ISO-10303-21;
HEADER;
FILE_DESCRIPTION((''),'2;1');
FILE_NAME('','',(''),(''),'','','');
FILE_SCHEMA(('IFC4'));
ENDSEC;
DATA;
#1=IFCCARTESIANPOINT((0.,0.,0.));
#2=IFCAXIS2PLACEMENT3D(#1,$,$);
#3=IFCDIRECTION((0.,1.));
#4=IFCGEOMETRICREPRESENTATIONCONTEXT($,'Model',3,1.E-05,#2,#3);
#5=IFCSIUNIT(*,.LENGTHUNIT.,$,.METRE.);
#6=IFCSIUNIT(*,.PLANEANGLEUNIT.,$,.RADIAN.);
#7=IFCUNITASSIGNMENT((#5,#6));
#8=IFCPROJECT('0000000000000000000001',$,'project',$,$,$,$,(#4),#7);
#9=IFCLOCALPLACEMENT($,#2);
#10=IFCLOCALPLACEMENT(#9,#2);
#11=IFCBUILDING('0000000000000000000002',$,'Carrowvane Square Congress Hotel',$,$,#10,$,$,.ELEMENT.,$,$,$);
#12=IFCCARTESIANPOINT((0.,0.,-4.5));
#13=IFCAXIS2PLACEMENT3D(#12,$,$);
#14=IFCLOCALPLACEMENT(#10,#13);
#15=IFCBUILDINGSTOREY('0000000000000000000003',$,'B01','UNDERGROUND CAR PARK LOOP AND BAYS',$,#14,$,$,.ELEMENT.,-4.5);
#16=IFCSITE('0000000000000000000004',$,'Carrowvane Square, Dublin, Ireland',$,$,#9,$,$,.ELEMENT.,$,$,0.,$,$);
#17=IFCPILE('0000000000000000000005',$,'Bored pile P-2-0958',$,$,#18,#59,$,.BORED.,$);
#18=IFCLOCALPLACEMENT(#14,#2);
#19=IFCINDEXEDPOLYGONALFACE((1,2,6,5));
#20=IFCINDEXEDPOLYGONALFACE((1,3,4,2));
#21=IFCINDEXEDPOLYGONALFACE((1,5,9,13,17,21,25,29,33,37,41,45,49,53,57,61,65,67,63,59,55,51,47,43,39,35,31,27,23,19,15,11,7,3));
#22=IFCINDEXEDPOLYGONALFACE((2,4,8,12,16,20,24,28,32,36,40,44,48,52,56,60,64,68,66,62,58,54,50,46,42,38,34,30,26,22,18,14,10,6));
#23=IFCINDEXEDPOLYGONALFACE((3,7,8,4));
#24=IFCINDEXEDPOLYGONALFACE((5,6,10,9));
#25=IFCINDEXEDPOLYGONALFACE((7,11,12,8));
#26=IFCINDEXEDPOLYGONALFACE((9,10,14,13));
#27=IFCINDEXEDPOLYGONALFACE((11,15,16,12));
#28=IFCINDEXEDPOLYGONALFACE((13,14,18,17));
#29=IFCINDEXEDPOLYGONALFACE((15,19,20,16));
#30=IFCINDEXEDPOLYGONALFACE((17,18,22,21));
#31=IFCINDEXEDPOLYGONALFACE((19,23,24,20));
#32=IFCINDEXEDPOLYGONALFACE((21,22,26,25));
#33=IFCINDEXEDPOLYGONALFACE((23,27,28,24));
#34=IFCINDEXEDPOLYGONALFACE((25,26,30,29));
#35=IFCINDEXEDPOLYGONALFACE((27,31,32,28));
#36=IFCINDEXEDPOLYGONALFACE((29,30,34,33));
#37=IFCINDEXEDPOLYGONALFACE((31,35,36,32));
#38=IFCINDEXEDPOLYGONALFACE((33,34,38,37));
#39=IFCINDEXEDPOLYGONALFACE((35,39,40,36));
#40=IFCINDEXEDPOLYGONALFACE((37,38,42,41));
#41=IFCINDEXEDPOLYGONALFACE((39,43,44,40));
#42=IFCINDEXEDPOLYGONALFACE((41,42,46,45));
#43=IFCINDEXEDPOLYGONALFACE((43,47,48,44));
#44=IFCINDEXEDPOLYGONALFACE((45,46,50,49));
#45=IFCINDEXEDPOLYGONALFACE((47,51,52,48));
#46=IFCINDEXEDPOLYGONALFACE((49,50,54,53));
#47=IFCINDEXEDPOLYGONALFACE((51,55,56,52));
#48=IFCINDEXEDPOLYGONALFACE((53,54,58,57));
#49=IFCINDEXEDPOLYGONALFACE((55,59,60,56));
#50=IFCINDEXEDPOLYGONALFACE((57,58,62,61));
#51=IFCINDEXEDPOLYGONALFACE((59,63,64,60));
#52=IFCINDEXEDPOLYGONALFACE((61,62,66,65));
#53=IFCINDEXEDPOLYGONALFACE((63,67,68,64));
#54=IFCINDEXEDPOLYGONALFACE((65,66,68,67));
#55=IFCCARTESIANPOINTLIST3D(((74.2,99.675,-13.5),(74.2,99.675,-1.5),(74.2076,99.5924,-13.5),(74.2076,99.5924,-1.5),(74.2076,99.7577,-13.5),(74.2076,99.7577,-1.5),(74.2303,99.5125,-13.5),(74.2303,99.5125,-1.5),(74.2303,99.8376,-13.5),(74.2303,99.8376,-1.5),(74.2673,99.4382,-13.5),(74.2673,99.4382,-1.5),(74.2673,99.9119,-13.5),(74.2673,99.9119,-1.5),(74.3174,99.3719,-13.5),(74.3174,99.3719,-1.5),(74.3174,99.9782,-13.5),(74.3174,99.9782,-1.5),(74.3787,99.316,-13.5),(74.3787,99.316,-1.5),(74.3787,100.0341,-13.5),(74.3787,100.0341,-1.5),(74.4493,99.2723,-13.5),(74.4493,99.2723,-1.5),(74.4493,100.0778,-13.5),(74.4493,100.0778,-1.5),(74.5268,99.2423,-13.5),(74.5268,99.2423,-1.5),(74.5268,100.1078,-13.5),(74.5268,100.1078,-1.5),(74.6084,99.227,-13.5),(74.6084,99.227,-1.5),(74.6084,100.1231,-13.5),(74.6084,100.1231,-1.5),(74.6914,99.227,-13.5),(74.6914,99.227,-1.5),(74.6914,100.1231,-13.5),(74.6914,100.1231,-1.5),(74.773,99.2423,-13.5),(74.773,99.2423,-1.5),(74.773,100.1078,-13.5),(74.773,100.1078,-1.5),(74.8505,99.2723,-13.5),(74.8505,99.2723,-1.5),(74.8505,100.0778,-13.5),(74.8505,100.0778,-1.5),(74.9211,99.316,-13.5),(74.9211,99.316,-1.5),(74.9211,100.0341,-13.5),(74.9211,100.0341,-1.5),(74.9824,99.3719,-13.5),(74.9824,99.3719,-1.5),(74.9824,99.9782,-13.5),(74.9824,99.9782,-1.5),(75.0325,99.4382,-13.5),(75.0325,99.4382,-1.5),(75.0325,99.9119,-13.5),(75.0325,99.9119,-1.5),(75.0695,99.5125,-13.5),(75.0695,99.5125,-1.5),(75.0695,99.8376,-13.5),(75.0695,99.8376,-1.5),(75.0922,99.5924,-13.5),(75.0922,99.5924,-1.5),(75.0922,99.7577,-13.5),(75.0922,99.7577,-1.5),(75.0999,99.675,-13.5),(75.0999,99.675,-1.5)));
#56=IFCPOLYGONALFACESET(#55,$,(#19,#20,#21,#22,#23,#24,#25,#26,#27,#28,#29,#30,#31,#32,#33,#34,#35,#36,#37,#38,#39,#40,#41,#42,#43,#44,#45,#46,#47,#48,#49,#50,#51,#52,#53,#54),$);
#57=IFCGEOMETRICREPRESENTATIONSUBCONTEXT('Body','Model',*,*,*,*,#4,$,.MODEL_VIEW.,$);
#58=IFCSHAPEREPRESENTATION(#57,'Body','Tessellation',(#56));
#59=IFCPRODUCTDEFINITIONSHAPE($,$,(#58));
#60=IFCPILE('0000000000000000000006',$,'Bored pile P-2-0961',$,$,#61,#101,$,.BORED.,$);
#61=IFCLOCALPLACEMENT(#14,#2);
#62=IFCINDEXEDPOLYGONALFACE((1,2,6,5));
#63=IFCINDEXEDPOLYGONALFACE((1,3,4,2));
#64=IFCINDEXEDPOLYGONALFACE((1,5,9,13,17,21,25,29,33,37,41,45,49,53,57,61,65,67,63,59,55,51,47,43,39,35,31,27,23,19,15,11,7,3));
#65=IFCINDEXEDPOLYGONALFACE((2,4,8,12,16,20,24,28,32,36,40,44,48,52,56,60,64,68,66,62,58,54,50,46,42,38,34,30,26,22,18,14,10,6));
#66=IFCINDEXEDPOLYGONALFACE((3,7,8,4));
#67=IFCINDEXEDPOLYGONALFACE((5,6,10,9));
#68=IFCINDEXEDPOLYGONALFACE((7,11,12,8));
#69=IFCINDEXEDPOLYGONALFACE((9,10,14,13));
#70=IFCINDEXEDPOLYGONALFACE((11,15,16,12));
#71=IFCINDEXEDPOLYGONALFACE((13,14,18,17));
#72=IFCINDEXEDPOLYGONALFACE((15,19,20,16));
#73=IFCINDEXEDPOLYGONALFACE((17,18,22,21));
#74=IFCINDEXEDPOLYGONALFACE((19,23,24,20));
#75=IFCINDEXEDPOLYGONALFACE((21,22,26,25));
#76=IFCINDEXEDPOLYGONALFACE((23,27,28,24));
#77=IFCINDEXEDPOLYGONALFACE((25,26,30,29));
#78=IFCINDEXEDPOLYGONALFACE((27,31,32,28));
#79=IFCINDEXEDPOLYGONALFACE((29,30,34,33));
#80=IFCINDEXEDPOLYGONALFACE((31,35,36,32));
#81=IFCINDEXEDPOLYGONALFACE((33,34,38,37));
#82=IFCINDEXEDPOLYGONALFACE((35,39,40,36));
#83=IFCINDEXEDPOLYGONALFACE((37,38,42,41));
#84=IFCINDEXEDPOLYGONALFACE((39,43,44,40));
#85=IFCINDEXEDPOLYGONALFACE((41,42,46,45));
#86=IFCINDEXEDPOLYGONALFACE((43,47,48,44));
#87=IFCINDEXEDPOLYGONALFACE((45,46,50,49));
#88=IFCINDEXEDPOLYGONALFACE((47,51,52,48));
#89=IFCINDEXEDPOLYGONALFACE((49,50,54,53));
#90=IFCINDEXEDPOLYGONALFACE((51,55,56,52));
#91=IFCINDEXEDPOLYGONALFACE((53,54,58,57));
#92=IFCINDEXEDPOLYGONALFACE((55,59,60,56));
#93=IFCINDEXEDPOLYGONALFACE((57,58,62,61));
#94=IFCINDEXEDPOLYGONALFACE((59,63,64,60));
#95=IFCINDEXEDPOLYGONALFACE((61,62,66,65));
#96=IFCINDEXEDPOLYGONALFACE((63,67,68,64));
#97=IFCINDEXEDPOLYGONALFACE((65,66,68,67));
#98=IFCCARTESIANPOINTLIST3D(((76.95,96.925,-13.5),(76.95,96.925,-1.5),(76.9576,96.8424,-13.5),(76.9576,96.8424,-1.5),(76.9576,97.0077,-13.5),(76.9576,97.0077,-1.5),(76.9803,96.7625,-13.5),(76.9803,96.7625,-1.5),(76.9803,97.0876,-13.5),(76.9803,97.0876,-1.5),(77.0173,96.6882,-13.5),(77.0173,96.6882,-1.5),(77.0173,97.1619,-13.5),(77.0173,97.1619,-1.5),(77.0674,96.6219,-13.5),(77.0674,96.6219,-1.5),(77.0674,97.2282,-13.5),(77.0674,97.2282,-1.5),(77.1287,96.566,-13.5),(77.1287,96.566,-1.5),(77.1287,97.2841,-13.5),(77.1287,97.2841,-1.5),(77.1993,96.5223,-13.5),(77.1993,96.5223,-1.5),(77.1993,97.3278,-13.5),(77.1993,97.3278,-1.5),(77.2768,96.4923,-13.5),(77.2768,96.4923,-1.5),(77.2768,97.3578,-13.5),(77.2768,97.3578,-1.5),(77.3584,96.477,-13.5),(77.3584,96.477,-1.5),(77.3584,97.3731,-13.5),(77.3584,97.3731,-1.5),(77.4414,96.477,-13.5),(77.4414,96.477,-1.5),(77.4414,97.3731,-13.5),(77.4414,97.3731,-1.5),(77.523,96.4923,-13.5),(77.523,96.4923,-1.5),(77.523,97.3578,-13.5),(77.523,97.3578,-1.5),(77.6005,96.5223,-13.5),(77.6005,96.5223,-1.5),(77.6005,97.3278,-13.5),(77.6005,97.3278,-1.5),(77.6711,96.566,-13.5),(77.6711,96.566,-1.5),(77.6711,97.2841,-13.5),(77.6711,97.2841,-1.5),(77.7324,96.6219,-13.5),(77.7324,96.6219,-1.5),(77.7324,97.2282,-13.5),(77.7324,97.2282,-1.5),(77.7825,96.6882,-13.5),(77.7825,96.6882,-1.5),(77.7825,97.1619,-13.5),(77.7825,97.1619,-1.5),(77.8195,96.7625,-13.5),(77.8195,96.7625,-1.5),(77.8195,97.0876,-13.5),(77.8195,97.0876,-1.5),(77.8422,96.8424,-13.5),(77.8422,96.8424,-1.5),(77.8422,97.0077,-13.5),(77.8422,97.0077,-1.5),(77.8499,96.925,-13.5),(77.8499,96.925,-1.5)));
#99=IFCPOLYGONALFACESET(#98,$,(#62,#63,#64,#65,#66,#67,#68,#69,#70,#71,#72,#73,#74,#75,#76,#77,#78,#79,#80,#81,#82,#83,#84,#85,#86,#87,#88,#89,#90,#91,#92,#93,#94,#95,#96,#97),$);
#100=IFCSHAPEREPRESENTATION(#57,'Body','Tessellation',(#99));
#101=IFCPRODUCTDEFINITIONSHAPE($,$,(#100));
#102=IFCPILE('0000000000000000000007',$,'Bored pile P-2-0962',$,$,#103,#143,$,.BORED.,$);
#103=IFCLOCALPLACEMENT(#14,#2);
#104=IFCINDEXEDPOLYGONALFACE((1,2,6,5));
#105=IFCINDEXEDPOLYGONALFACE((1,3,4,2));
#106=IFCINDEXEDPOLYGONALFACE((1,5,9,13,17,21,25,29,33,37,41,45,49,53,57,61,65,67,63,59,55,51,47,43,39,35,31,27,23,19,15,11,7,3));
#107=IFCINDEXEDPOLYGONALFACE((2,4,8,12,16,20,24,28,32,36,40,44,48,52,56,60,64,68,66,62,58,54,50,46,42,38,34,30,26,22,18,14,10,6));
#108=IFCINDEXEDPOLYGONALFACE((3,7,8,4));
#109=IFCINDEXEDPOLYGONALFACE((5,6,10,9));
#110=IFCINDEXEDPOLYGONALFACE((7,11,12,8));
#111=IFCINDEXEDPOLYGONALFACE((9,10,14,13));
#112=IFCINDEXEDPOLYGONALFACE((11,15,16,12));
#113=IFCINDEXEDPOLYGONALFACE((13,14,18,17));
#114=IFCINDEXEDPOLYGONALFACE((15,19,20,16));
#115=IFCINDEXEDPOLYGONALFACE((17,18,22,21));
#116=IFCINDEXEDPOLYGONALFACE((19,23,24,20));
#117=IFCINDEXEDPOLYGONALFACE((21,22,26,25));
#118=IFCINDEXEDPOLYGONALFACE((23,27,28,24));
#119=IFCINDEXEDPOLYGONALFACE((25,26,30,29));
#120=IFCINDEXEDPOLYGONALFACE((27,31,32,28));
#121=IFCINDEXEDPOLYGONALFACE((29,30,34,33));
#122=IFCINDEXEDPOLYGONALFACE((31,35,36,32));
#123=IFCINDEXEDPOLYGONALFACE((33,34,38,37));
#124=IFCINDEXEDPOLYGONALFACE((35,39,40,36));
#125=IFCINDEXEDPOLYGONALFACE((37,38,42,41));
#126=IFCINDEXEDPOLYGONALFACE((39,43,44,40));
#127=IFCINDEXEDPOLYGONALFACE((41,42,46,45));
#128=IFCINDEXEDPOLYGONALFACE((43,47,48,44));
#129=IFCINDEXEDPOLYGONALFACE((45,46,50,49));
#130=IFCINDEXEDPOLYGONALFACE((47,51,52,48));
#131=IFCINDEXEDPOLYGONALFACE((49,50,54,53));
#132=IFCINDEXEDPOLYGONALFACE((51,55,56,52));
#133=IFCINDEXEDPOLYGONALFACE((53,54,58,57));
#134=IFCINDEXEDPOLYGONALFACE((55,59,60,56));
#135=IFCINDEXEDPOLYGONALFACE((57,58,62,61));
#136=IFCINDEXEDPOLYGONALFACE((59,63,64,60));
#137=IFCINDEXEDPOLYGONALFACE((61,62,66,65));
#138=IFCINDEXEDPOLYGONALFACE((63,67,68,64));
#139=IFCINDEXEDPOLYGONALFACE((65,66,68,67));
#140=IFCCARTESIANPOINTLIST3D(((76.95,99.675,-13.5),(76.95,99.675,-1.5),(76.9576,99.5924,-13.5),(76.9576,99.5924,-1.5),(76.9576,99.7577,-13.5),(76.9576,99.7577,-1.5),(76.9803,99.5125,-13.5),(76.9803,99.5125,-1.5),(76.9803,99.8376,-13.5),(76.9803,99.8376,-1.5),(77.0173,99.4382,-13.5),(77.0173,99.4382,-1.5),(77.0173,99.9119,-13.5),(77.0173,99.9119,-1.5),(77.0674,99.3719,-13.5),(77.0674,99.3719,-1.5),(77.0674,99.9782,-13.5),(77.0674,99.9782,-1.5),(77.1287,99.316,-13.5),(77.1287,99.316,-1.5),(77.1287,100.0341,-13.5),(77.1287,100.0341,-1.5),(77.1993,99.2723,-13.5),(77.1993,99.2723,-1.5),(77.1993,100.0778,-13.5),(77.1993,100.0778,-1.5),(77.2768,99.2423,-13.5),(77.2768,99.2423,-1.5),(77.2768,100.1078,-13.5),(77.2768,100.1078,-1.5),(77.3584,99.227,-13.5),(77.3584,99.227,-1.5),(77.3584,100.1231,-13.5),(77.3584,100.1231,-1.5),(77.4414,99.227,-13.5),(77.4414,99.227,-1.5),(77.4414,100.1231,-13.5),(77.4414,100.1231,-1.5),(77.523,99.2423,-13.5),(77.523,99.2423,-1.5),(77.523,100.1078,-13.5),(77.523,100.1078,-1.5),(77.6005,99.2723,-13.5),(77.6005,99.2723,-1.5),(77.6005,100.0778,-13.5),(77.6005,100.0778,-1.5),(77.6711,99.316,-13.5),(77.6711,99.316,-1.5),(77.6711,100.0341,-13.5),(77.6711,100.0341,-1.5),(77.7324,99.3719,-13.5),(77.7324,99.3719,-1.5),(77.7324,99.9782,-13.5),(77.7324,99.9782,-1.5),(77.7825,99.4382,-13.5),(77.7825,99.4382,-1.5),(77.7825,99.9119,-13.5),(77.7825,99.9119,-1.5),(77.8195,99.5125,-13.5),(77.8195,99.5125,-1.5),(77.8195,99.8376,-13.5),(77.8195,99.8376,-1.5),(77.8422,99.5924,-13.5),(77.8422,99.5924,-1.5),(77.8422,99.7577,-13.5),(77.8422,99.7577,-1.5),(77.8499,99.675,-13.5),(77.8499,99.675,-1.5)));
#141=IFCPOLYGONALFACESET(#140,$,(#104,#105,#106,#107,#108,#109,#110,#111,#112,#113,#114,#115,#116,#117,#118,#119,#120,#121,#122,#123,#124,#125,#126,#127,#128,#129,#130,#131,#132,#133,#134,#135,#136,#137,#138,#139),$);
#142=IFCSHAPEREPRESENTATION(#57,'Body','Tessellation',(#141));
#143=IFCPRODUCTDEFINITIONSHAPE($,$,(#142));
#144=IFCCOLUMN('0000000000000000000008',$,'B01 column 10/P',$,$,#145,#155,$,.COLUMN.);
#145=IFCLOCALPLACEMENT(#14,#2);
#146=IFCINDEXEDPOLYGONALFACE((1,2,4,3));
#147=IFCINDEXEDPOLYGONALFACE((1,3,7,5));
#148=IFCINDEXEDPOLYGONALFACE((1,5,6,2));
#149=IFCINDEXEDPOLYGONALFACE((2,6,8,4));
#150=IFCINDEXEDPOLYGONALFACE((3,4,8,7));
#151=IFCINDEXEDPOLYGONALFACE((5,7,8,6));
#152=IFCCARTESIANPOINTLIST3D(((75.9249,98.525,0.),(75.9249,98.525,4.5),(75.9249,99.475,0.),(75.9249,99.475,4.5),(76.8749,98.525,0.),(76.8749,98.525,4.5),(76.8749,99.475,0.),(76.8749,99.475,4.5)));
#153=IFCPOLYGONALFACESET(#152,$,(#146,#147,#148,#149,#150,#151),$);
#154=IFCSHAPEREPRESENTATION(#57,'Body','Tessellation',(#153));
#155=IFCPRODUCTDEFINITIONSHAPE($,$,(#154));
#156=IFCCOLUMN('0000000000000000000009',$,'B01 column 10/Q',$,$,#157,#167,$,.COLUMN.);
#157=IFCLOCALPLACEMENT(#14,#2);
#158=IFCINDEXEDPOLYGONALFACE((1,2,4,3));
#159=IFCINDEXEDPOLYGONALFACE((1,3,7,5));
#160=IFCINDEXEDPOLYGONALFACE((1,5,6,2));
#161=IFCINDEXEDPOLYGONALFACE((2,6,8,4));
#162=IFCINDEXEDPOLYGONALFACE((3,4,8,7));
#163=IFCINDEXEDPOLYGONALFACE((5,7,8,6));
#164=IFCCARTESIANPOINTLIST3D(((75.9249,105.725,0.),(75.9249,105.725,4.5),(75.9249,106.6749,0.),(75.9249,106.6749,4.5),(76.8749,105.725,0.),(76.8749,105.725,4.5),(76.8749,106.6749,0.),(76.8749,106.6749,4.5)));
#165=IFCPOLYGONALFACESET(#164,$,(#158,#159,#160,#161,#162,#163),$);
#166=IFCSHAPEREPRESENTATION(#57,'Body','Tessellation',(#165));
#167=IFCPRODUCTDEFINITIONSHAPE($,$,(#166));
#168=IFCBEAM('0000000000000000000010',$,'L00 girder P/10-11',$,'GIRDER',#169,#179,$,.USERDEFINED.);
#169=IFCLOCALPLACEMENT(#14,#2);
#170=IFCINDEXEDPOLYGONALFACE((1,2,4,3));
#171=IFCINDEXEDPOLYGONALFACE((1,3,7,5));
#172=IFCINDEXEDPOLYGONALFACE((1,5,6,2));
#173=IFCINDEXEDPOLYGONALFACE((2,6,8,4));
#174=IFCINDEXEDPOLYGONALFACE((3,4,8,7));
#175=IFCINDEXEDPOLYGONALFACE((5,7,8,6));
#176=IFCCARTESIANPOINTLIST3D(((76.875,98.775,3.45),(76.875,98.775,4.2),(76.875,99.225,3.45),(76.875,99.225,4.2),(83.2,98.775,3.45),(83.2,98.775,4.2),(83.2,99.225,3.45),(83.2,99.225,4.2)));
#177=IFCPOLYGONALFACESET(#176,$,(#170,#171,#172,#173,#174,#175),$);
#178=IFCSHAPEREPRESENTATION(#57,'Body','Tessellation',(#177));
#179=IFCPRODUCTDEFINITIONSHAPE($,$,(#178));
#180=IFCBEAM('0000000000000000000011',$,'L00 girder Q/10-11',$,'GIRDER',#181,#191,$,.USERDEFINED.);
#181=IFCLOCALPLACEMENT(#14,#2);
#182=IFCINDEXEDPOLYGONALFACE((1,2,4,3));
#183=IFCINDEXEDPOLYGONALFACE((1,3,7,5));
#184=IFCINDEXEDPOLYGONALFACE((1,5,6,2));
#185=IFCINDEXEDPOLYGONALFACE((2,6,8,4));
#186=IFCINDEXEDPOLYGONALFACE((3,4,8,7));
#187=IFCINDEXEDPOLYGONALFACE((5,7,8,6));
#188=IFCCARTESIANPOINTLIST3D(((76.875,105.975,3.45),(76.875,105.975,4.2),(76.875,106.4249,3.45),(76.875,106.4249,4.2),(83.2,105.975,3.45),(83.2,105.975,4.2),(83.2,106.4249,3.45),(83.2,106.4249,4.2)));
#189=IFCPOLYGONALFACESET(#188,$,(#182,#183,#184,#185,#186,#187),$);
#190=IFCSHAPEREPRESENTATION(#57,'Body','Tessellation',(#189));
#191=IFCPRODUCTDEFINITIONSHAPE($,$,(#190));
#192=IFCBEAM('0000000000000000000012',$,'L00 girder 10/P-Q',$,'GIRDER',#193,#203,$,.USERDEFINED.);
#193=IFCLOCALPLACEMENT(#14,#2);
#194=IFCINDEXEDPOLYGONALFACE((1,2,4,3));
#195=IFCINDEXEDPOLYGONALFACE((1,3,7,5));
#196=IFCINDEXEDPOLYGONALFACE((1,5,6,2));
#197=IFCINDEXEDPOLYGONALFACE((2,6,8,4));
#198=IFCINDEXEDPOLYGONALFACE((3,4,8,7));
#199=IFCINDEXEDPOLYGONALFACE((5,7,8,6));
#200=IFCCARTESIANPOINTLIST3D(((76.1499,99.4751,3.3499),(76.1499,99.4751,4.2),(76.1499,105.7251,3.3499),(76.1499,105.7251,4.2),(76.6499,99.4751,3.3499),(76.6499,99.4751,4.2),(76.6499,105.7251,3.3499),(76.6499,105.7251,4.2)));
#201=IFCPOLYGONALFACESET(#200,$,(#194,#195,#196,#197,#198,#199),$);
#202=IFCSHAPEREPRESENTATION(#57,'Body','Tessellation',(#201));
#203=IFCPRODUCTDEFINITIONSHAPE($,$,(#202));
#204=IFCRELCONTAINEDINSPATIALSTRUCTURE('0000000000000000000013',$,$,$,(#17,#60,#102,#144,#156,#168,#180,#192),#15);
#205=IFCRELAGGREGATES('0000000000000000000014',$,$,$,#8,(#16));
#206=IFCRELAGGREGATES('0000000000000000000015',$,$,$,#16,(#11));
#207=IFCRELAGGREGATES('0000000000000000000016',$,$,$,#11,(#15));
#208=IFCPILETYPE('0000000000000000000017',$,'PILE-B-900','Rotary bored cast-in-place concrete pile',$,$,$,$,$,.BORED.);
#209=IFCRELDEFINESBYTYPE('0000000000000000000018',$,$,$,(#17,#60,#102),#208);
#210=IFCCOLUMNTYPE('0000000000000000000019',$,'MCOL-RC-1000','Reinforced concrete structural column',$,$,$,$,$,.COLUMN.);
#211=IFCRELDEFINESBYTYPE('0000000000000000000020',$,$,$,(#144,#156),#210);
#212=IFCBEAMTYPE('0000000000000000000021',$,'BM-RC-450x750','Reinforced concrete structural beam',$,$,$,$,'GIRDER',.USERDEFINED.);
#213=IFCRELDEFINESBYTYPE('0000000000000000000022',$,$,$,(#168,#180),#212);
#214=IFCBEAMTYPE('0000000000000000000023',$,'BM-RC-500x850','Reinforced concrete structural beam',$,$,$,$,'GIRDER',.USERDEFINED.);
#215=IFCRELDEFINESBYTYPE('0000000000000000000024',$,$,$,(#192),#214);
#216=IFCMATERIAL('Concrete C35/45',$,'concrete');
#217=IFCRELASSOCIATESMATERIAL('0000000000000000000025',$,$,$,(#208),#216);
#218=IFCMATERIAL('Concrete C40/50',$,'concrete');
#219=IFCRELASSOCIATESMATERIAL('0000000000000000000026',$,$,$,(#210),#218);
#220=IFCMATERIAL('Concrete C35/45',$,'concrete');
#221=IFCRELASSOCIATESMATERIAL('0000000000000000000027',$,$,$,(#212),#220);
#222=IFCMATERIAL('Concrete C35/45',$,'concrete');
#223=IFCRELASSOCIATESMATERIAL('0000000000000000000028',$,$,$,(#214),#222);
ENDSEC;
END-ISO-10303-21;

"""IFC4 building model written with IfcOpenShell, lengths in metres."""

from ifc_helpers import new_model, si_unit, direction, frame, origin, origin_2d, place, context, subcontext, project, spatial, rectangle, circle, extrude, material, material_profile, profile_set, type_object, element, save


model = new_model("IFC4")

# Units and contexts
model_context = context("Model", 3, precision=1e-05, world=origin(), true_north=direction((0.0, 1.0)))
body_context = subcontext(model_context, "Body", "Model", "MODEL_VIEW")
ifc_project = project(units=[si_unit("LENGTHUNIT", "METRE"), si_unit("PLANEANGLEUNIT", "RADIAN")], contexts=[model_context])

# Site, building, storey
site_placement = place(None, origin())
site = spatial("IfcSite", under=ifc_project, at=site_placement, Name="Carrowvane Square, Dublin, Ireland", CompositionType="ELEMENT", RefElevation=0.0)
building_placement = place(site_placement, origin())
building = spatial("IfcBuilding", under=site, at=building_placement, Name="Carrowvane Square Congress Hotel", CompositionType="ELEMENT")
storey_placement = place(building_placement, frame((0.0, 0.0, -4.5)))
storey = spatial("IfcBuildingStorey", under=building, at=storey_placement, Name="B01", Description="UNDERGROUND CAR PARK LOOP AND BAYS", CompositionType="ELEMENT", Elevation=-4.5)

# Piles
ifc_material_1 = material(Name="Concrete C35/45", Category="concrete")
ifc_material_profile_1 = material_profile(ifc_material_1, circle(Radius=0.45, at=origin_2d()), Name="PILE D900")
ifc_profile_set_1 = profile_set([ifc_material_profile_1], Name="Concrete C35/45")
pile_type_1 = type_object("IfcPileType", Name="PILE-B-900", Description="Rotary bored cast-in-place concrete pile", PredefinedType="BORED", material=ifc_profile_set_1)
for number, where, z_axis, x_axis, name in (
    (1, (74.6499, 99.675, -1.5), (0.0, 0.0, -1.0), (1.0, 0.0, 0.0), "Bored pile P-2-0958"),
    (2, (77.3999, 96.925, -1.5), (0.0, 0.0, -1.0), (1.0, 0.0, 0.0), "Bored pile P-2-0961"),
    (3, (77.3999, 99.675, -1.5), (0.0, 0.0, -1.0), (1.0, 0.0, 0.0), "Bored pile P-2-0962"),
):
    element("IfcPile", number, at=place(storey_placement, frame(where, z_axis=z_axis, x_axis=x_axis)), inside=storey, type_object=pile_type_1, Name=name, PredefinedType="BORED", context=body_context, shape_type="SweptSolid", body=[
        extrude(circle(Radius=0.45, at=origin_2d()), origin(), (0.0, 0.0, 1.0), 12.0),
    ])

# Columns
ifc_material_2 = material(Name="Concrete C40/50", Category="concrete")
ifc_material_profile_2 = material_profile(ifc_material_2, rectangle(XDim=0.95, YDim=0.95, at=origin_2d()), Name="RC 950x950")
ifc_profile_set_2 = profile_set([ifc_material_profile_2], Name="Concrete C40/50")
column_type = type_object("IfcColumnType", Name="MCOL-RC-1000", Description="Reinforced concrete structural column", PredefinedType="COLUMN", material=ifc_profile_set_2)
for number, where, z_axis, x_axis, name in (
    (4, (76.3999, 99.0, 0.0), (0.0, 0.0, 1.0), (1.0, 0.0, 0.0), "B01 column 10/P"),
    (5, (76.3999, 106.2, 0.0), (0.0, 0.0, 1.0), (1.0, 0.0, 0.0), "B01 column 10/Q"),
):
    element("IfcColumn", number, at=place(storey_placement, frame(where, z_axis=z_axis, x_axis=x_axis)), inside=storey, type_object=column_type, Name=name, PredefinedType="COLUMN", context=body_context, shape_type="SweptSolid", body=[
        extrude(rectangle(XDim=0.95, YDim=0.95, at=origin_2d()), origin(), (0.0, 0.0, 1.0), 4.5),
    ])

# Beams
ifc_material_3 = material(Name="Concrete C35/45", Category="concrete")
ifc_material_profile_3 = material_profile(ifc_material_3, rectangle(XDim=0.45, YDim=0.75, at=origin_2d()), Name="RC 450x750")
ifc_profile_set_3 = profile_set([ifc_material_profile_3], Name="Concrete C35/45")
beam_type_1 = type_object("IfcBeamType", Name="BM-RC-450x750", Description="Reinforced concrete structural beam", ElementType="GIRDER", PredefinedType="USERDEFINED", material=ifc_profile_set_3)
for number, where, z_axis, x_axis, name in (
    (6, (76.875, 99.0, 3.825), (1.0, 0.0, 0.0), (0.0, 1.0, 0.0), "L00 girder P/10-11"),
    (7, (76.875, 106.2, 3.825), (1.0, 0.0, 0.0), (0.0, 1.0, 0.0), "L00 girder Q/10-11"),
):
    element("IfcBeam", number, at=place(storey_placement, frame(where, z_axis=z_axis, x_axis=x_axis)), inside=storey, type_object=beam_type_1, Name=name, ObjectType="GIRDER", PredefinedType="USERDEFINED", context=body_context, shape_type="SweptSolid", body=[
        extrude(rectangle(XDim=0.45, YDim=0.75, at=origin_2d()), origin(), (0.0, 0.0, 1.0), 6.325),
    ])
ifc_material_4 = material(Name="Concrete C35/45", Category="concrete")
ifc_material_profile_4 = material_profile(ifc_material_4, rectangle(XDim=0.5, YDim=0.8501, at=origin_2d()), Name="RC 500x850")
ifc_profile_set_4 = profile_set([ifc_material_profile_4], Name="Concrete C35/45")
beam_type_2 = type_object("IfcBeamType", Name="BM-RC-500x850", Description="Reinforced concrete structural beam", ElementType="GIRDER", PredefinedType="USERDEFINED", material=ifc_profile_set_4)
beam_1_placement = place(storey_placement, frame((76.3999, 99.4751, 3.7749), z_axis=(0.0, 1.0, 0.0), x_axis=(-1.0, 0.0, 0.0)))
element("IfcBeam", 8, at=beam_1_placement, inside=storey, type_object=beam_type_2, Name="L00 girder 10/P-Q", ObjectType="GIRDER", PredefinedType="USERDEFINED", context=body_context, shape_type="SweptSolid", body=[
    extrude(rectangle(XDim=0.5, YDim=0.8501, at=origin_2d()), origin(), (0.0, 0.0, 1.0), 6.25),
])

save(model, "model.ifc")
